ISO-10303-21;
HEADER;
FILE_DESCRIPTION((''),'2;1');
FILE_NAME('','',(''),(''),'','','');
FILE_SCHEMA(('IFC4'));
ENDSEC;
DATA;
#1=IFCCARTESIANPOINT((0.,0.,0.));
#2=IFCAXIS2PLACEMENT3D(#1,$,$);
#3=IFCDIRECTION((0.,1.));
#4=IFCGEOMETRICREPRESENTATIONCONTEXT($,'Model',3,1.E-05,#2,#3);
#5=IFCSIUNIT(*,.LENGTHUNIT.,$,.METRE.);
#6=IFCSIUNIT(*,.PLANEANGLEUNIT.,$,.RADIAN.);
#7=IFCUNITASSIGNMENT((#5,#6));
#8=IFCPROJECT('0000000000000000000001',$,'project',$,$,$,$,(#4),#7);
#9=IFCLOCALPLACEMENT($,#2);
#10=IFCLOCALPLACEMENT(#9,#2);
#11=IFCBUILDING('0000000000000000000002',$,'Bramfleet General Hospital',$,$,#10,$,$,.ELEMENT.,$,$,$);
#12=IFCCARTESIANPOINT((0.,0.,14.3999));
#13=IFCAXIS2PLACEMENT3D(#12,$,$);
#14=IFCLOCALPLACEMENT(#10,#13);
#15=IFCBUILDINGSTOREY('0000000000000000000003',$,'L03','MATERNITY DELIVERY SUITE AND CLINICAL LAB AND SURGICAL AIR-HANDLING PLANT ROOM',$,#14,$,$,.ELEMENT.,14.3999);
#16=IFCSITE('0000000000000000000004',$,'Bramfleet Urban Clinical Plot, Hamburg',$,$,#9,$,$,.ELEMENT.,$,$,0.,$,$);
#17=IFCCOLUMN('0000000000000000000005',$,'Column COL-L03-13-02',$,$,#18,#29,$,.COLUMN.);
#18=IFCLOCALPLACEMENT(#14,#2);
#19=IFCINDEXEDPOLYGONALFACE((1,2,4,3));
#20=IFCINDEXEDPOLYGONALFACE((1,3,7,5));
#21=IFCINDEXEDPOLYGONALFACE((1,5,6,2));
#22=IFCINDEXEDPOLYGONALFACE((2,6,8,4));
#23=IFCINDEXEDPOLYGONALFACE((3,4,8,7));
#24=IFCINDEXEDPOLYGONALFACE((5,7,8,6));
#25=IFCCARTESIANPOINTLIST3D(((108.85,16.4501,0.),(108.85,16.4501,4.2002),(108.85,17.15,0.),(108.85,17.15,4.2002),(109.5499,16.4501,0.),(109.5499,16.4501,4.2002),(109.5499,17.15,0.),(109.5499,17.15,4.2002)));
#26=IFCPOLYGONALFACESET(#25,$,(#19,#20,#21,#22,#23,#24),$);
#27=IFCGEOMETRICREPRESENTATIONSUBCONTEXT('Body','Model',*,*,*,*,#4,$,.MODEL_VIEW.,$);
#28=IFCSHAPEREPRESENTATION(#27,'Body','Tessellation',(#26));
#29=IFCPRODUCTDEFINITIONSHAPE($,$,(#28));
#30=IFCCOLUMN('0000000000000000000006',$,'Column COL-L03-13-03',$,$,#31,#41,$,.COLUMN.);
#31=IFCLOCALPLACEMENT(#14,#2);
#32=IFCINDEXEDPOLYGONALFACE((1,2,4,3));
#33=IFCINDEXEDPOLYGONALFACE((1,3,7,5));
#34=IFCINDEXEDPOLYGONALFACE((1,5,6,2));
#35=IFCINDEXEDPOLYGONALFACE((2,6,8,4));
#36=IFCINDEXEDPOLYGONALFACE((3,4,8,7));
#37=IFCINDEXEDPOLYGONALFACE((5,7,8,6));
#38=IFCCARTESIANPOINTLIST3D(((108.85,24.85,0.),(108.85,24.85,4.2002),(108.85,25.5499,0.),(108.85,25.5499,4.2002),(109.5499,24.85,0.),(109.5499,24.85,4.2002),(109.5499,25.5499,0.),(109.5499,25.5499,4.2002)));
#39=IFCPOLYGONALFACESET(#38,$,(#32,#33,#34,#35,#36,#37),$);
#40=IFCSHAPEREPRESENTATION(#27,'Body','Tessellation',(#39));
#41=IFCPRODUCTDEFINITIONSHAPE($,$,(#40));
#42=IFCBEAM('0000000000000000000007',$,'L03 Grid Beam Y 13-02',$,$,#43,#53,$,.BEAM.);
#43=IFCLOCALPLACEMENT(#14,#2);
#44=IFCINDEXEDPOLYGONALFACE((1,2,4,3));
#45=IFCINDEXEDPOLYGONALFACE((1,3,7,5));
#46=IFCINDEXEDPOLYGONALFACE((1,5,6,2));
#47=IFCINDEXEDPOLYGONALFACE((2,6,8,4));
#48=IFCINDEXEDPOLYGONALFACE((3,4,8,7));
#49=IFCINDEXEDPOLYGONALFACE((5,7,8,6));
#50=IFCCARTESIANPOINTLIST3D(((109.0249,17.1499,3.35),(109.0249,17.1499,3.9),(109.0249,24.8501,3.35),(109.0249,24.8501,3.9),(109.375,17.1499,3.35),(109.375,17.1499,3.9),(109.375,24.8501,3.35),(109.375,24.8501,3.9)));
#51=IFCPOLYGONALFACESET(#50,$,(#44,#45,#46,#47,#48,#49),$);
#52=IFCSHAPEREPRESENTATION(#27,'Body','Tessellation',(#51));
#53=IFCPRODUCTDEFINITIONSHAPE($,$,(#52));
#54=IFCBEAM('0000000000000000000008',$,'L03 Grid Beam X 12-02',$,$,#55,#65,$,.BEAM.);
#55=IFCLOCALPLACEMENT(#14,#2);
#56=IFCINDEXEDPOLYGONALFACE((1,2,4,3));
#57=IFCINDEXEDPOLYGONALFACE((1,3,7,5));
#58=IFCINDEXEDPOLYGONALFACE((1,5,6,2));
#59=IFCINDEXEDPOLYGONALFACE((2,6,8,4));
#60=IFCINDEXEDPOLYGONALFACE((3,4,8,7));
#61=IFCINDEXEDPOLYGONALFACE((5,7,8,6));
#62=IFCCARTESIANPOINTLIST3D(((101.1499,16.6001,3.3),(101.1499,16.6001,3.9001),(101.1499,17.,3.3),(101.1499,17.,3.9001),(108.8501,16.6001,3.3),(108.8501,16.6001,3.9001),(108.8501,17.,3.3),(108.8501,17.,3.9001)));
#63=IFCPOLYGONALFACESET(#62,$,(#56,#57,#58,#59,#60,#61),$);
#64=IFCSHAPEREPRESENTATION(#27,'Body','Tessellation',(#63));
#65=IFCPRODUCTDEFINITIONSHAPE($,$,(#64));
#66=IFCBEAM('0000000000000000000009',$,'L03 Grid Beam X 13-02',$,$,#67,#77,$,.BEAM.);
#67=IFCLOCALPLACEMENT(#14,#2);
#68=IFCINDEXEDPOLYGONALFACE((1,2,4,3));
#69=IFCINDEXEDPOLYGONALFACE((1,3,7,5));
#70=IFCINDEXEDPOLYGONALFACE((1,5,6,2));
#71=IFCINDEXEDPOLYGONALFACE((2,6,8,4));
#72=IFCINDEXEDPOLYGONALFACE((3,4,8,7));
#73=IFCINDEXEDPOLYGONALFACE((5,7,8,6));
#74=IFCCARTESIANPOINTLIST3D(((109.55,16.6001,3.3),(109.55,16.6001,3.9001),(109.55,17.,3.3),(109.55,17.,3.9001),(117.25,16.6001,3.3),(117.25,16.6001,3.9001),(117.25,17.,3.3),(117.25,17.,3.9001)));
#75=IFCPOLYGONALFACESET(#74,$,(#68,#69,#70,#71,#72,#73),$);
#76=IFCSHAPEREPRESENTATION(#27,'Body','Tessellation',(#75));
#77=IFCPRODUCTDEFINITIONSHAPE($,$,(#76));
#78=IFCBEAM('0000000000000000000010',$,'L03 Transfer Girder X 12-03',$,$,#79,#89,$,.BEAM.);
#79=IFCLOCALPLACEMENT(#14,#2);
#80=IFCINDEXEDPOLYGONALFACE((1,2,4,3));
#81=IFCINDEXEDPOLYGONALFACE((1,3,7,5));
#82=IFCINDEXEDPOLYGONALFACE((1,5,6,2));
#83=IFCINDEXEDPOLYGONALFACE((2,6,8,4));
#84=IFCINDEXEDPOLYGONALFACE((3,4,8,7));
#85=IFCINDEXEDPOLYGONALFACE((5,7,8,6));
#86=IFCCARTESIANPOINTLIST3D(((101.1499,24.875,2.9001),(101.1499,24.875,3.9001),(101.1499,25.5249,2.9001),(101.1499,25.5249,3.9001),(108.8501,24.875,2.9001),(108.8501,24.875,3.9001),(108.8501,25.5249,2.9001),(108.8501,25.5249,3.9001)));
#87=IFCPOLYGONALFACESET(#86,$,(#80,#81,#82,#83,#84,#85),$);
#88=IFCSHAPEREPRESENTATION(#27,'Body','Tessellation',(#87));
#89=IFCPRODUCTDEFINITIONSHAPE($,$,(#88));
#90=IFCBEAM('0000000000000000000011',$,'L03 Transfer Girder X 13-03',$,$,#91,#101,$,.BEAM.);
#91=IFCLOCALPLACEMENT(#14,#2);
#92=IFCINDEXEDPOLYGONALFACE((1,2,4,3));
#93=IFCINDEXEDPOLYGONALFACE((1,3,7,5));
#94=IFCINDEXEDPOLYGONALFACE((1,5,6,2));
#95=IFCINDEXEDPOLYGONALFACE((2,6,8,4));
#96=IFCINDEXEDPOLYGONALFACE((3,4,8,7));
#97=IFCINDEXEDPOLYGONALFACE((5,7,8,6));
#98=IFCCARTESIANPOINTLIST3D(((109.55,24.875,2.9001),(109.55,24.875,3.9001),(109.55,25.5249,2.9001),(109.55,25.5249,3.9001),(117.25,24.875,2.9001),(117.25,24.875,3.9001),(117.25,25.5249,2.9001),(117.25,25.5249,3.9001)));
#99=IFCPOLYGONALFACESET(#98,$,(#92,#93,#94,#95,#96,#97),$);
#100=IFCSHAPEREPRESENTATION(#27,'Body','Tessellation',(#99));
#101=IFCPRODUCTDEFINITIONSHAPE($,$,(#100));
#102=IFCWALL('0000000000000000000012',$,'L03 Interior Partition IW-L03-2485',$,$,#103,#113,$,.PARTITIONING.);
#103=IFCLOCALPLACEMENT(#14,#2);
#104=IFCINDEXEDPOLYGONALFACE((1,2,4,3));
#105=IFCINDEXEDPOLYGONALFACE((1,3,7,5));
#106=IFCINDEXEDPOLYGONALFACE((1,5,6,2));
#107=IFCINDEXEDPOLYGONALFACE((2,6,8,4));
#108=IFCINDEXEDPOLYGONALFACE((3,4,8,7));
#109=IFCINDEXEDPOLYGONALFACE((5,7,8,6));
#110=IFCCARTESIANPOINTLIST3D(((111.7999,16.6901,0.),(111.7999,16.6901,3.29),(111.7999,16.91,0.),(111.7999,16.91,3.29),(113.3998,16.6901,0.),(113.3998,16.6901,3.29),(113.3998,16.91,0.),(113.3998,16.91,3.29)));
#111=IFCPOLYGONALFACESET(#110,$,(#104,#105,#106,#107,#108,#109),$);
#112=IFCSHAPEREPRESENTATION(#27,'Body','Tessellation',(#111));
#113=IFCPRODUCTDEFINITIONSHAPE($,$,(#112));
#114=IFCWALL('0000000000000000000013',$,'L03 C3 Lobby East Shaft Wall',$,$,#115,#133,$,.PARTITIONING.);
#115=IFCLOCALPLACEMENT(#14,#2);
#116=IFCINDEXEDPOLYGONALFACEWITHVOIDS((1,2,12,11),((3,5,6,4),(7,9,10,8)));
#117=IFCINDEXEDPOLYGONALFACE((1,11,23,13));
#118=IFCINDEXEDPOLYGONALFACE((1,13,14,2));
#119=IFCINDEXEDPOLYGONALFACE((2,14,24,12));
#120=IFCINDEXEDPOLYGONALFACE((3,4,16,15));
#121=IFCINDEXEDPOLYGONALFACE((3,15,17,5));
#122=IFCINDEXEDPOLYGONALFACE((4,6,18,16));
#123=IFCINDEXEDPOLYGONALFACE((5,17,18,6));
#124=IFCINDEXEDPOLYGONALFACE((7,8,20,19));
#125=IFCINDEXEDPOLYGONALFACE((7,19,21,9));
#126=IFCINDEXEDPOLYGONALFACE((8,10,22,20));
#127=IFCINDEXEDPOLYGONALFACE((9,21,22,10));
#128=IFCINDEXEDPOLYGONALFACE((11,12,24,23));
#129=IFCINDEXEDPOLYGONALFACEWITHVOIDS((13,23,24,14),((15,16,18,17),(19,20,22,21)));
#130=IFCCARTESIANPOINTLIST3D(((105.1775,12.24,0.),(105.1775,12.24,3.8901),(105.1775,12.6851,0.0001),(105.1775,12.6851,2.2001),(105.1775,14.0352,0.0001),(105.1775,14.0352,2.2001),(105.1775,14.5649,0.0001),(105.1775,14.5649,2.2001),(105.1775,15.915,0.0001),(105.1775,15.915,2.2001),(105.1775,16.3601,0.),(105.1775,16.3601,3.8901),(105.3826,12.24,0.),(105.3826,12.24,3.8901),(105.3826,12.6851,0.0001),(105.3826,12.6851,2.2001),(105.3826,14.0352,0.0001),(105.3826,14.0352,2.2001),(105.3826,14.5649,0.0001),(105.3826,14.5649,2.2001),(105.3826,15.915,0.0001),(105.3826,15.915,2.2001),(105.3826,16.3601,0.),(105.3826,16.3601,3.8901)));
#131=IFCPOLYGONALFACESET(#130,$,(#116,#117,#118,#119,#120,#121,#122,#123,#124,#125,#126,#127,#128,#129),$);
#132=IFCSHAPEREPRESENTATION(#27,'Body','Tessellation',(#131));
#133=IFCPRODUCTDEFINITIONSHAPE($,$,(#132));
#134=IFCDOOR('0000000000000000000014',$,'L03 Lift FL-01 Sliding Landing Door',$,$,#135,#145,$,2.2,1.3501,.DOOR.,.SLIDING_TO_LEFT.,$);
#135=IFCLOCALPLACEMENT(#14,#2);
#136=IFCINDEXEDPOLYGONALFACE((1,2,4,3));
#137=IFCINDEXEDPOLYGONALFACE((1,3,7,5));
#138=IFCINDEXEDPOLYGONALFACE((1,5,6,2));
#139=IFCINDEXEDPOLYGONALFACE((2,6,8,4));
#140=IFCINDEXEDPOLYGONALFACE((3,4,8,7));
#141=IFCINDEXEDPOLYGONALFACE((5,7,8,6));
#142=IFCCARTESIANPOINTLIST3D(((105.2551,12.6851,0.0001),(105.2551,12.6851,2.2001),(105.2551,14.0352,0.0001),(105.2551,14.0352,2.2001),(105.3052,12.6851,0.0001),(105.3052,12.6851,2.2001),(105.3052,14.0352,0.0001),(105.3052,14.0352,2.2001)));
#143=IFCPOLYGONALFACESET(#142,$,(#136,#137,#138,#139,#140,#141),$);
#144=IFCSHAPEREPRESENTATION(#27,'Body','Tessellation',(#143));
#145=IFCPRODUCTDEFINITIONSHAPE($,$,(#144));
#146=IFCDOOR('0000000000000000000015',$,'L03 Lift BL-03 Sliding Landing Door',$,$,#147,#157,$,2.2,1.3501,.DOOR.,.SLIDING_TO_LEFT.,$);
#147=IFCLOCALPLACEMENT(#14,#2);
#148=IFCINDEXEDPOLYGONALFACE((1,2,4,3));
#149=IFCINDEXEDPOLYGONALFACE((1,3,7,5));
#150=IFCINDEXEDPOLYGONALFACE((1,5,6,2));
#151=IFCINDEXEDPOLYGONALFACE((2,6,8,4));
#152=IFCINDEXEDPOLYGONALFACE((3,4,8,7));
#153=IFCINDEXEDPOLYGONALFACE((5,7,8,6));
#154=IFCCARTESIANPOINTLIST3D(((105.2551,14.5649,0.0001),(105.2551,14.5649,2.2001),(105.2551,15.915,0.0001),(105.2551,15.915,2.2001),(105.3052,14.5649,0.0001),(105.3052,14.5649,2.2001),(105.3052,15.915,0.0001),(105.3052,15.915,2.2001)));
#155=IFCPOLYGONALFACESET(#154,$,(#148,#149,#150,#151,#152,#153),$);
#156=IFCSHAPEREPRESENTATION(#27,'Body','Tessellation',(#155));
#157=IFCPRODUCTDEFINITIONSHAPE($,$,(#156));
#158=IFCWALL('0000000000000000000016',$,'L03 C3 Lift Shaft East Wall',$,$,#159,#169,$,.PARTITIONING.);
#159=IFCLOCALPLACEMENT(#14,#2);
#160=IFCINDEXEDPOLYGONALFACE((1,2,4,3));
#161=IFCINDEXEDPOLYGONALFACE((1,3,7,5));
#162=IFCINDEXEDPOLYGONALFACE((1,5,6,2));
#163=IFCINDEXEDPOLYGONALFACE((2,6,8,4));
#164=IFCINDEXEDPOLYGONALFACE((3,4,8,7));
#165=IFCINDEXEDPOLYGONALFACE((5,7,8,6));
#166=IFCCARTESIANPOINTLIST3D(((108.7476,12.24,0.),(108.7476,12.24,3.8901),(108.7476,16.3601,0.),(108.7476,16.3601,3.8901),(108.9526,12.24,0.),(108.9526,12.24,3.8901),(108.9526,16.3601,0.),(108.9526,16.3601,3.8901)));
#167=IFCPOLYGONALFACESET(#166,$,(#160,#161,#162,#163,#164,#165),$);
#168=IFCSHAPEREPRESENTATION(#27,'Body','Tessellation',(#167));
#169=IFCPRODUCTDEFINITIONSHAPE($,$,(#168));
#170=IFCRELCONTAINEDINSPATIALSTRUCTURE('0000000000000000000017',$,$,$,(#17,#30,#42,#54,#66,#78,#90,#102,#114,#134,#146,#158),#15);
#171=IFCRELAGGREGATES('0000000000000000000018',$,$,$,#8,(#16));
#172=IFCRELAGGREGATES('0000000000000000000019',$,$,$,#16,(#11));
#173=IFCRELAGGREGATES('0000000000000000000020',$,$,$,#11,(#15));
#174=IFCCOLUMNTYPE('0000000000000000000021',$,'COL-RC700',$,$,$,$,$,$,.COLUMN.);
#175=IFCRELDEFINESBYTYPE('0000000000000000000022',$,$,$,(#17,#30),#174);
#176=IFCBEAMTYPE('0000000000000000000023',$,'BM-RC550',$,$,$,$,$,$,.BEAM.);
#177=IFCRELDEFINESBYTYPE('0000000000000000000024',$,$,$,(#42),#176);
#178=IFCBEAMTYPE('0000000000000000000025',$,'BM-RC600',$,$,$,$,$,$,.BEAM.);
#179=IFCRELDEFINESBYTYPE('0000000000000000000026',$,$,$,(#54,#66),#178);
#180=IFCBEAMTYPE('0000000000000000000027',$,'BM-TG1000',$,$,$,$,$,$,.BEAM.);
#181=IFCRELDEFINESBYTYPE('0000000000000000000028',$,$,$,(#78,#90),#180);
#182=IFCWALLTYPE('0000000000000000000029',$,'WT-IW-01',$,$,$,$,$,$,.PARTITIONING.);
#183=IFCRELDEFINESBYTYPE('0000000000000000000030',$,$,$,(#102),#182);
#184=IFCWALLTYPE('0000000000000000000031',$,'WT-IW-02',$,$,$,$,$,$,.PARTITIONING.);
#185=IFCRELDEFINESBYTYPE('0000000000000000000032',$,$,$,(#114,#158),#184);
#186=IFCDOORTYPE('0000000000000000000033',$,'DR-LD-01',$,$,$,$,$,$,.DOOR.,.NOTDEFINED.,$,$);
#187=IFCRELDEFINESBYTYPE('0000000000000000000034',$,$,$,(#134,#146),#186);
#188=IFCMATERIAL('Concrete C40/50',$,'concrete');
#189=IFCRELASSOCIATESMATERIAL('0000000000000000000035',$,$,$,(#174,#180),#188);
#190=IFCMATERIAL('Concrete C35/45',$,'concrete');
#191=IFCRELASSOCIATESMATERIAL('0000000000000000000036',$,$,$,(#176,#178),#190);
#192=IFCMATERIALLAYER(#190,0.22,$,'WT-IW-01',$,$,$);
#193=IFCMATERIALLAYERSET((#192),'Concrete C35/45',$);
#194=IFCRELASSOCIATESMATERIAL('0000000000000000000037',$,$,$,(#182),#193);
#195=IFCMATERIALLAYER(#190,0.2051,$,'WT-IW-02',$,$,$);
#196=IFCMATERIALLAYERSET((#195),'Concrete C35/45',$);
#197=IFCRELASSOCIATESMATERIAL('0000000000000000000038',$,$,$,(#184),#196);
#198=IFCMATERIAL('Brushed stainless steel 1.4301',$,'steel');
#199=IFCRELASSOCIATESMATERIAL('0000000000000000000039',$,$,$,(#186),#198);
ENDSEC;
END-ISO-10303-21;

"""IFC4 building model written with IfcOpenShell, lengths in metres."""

from ifc_helpers import new_model, si_unit, direction, frame, frame_2d, origin, origin_2d, place, context, subcontext, project, spatial, rectangle, extrude, material, layer, layer_set, material_profile, profile_set, type_object, element, fill, save


model = new_model("IFC4")

# Units and contexts
model_context = context("Model", 3, precision=1e-05, world=origin(), true_north=direction((0.0, 1.0)))
body_context = subcontext(model_context, "Body", "Model", "MODEL_VIEW")
ifc_project = project(units=[si_unit("LENGTHUNIT", "METRE"), si_unit("PLANEANGLEUNIT", "RADIAN")], contexts=[model_context])

# Site, building, storey
site_placement = place(None, origin())
site = spatial("IfcSite", under=ifc_project, at=site_placement, Name="Bramfleet Urban Clinical Plot, Hamburg", CompositionType="ELEMENT", RefElevation=0.0)
building_placement = place(site_placement, origin())
building = spatial("IfcBuilding", under=site, at=building_placement, Name="Bramfleet General Hospital", CompositionType="ELEMENT")
storey_placement = place(building_placement, frame((0.0, 0.0, 14.3999)))
storey = spatial("IfcBuildingStorey", under=building, at=storey_placement, Name="L03", Description="MATERNITY DELIVERY SUITE AND CLINICAL LAB AND SURGICAL AIR-HANDLING PLANT ROOM", CompositionType="ELEMENT", Elevation=14.3999)

# Columns
ifc_material_1 = material(Name="Concrete C40/50", Category="concrete")
ifc_material_profile_1 = material_profile(ifc_material_1, rectangle(XDim=0.7, YDim=0.7, at=origin_2d()), Name="RC COL 700x700")
ifc_profile_set_1 = profile_set([ifc_material_profile_1], Name="Concrete C40/50")
column_type = type_object("IfcColumnType", Name="COL-RC700", PredefinedType="COLUMN", material=ifc_profile_set_1)
for number, where, z_axis, x_axis, name in (
    (1, (109.2, 16.8, 0.0), (0.0, 0.0, 1.0), (1.0, 0.0, 0.0), "Column COL-L03-13-02"),
    (2, (109.2, 25.2, 0.0), (0.0, 0.0, 1.0), (1.0, 0.0, 0.0), "Column COL-L03-13-03"),
):
    element("IfcColumn", number, at=place(storey_placement, frame(where, z_axis=z_axis, x_axis=x_axis)), inside=storey, type_object=column_type, Name=name, PredefinedType="COLUMN", context=body_context, shape_type="SweptSolid", body=[
        extrude(rectangle(XDim=0.7, YDim=0.7, at=origin_2d()), origin(), (0.0, 0.0, 1.0), 4.2002),
    ])

# Beams
ifc_material_2 = material(Name="Concrete C35/45", Category="concrete")
ifc_material_profile_2 = material_profile(ifc_material_2, rectangle(XDim=0.3501, YDim=0.55, at=origin_2d()), Name="RC BM 550x350")
ifc_profile_set_2 = profile_set([ifc_material_profile_2], Name="Concrete C35/45")
beam_type_1 = type_object("IfcBeamType", Name="BM-RC550", PredefinedType="BEAM", material=ifc_profile_set_2)
beam_1_placement = place(storey_placement, frame((109.2, 17.1499, 3.625), z_axis=(0.0, 1.0, 0.0), x_axis=(-1.0, 0.0, 0.0)))
element("IfcBeam", 3, at=beam_1_placement, inside=storey, type_object=beam_type_1, Name="L03 Grid Beam Y 13-02", PredefinedType="BEAM", context=body_context, shape_type="SweptSolid", body=[
    extrude(rectangle(XDim=0.3501, YDim=0.55, at=origin_2d()), origin(), (0.0, 0.0, 1.0), 7.7002),
])
ifc_material_profile_3 = material_profile(ifc_material_2, rectangle(XDim=0.3999, YDim=0.6001, at=origin_2d()), Name="RC BM 600x400")
ifc_profile_set_3 = profile_set([ifc_material_profile_3], Name="Concrete C35/45")
beam_type_2 = type_object("IfcBeamType", Name="BM-RC600", PredefinedType="BEAM", material=ifc_profile_set_3)
beam_2_placement = place(storey_placement, frame((101.1499, 16.8, 3.6001), z_axis=(1.0, 0.0, 0.0), x_axis=(0.0, 1.0, 0.0)))
element("IfcBeam", 4, at=beam_2_placement, inside=storey, type_object=beam_type_2, Name="L03 Grid Beam X 12-02", PredefinedType="BEAM", context=body_context, shape_type="SweptSolid", body=[
    extrude(rectangle(XDim=0.3999, YDim=0.6001, at=origin_2d()), origin(), (0.0, 0.0, 1.0), 7.7002),
])
beam_3_placement = place(storey_placement, frame((109.55, 16.8, 3.6001), z_axis=(1.0, 0.0, 0.0), x_axis=(0.0, 1.0, 0.0)))
element("IfcBeam", 5, at=beam_3_placement, inside=storey, type_object=beam_type_2, Name="L03 Grid Beam X 13-02", PredefinedType="BEAM", context=body_context, shape_type="SweptSolid", body=[
    extrude(rectangle(XDim=0.3999, YDim=0.6001, at=origin_2d()), origin(), (0.0, 0.0, 1.0), 7.7),
])
ifc_material_profile_4 = material_profile(ifc_material_1, rectangle(XDim=0.6499, YDim=1.0, at=origin_2d()), Name="RC TG 1000x650")
ifc_profile_set_4 = profile_set([ifc_material_profile_4], Name="Concrete C40/50")
beam_type_3 = type_object("IfcBeamType", Name="BM-TG1000", PredefinedType="BEAM", material=ifc_profile_set_4)
beam_4_placement = place(storey_placement, frame((101.1499, 25.2, 3.4001), z_axis=(1.0, 0.0, 0.0), x_axis=(0.0, 1.0, 0.0)))
element("IfcBeam", 6, at=beam_4_placement, inside=storey, type_object=beam_type_3, Name="L03 Transfer Girder X 12-03", PredefinedType="BEAM", context=body_context, shape_type="SweptSolid", body=[
    extrude(rectangle(XDim=0.6499, YDim=1.0, at=origin_2d()), origin(), (0.0, 0.0, 1.0), 7.7002),
])
beam_5_placement = place(storey_placement, frame((109.55, 25.2, 3.4001), z_axis=(1.0, 0.0, 0.0), x_axis=(0.0, 1.0, 0.0)))
element("IfcBeam", 7, at=beam_5_placement, inside=storey, type_object=beam_type_3, Name="L03 Transfer Girder X 13-03", PredefinedType="BEAM", context=body_context, shape_type="SweptSolid", body=[
    extrude(rectangle(XDim=0.6499, YDim=1.0, at=origin_2d()), origin(), (0.0, 0.0, 1.0), 7.7),
])

# Wall
ifc_layer_1 = layer(ifc_material_2, 0.22, Name="WT-IW-01")
ifc_layer_set_1 = layer_set([ifc_layer_1], Name="Concrete C35/45")
wall_type_1 = type_object("IfcWallType", Name="WT-IW-01", PredefinedType="PARTITIONING", material=ifc_layer_set_1)
wall_1_placement = place(storey_placement, frame((111.8, 16.8, 0.0), z_axis=(0.0, 0.0, 1.0), x_axis=(1.0, 0.0, 0.0)))
element("IfcWall", 8, at=wall_1_placement, inside=storey, type_object=wall_type_1, Name="L03 Interior Partition IW-L03-2485", PredefinedType="PARTITIONING", context=body_context, shape_type="SweptSolid", body=[
    extrude(rectangle(XDim=1.5999, YDim=0.22, at=frame_2d((0.7998, 0.0))), origin(), (0.0, 0.0, 1.0), 3.29),
])

# Wall, openings, doors
ifc_layer_2 = layer(ifc_material_2, 0.2051, Name="WT-IW-02")
ifc_layer_set_2 = layer_set([ifc_layer_2], Name="Concrete C35/45")
wall_type_2 = type_object("IfcWallType", Name="WT-IW-02", PredefinedType="PARTITIONING", material=ifc_layer_set_2)
wall_2_placement = place(storey_placement, frame((105.28, 12.24, 0.0), z_axis=(0.0, 0.0, 1.0), x_axis=(0.0, 1.0, 0.0)))
wall_2 = element("IfcWall", 9, at=wall_2_placement, inside=storey, type_object=wall_type_2, Name="L03 C3 Lobby East Shaft Wall", PredefinedType="PARTITIONING", context=body_context, shape_type="SweptSolid", body=[
    extrude(rectangle(XDim=4.1201, YDim=0.2051, at=frame_2d((2.0601, 0.0))), origin(), (0.0, 0.0, 1.0), 3.8901),
])
opening_1_placement = place(wall_2_placement, frame((0.4451, 0.0, 0.0)))
opening_1 = element("IfcOpeningElement", 10, at=opening_1_placement, cuts=wall_2, PredefinedType="OPENING", context=body_context, shape_type="SweptSolid", body=[
    extrude(rectangle(XDim=1.3501, YDim=2.2, at=frame_2d((0.675, 1.1001))), frame((0.0, 0.1125, 0.0), z_axis=(0.0, -1.0, 0.0), x_axis=(1.0, 0.0, 0.0)), (0.0, 0.0, 1.0), 0.2251),
])
opening_2_placement = place(wall_2_placement, frame((2.325, 0.0, 0.0)))
opening_2 = element("IfcOpeningElement", 11, at=opening_2_placement, cuts=wall_2, PredefinedType="OPENING", context=body_context, shape_type="SweptSolid", body=[
    extrude(rectangle(XDim=1.3501, YDim=2.2, at=frame_2d((0.675, 1.1001))), frame((0.0, 0.1125, 0.0), z_axis=(0.0, -1.0, 0.0), x_axis=(1.0, 0.0, 0.0)), (0.0, 0.0, 1.0), 0.2251),
])
ifc_material_3 = material(Name="Brushed stainless steel 1.4301", Category="steel")
door_type_1 = type_object("IfcDoorType", Name="DR-LD-01", OperationType="NOTDEFINED", PredefinedType="DOOR", material=ifc_material_3)
door_1_placement = place(opening_1_placement, origin())
door_1 = element("IfcDoor", 12, at=door_1_placement, inside=storey, type_object=door_type_1, Name="L03 Lift FL-01 Sliding Landing Door", OperationType="SLIDING_TO_LEFT", OverallHeight=2.2, OverallWidth=1.3501, PredefinedType="DOOR", context=body_context, shape_type="SweptSolid", body=[
    extrude(rectangle(XDim=1.3501, YDim=2.2, at=frame_2d((0.675, 1.1001))), frame((0.0, 0.0249, 0.0), z_axis=(0.0, -1.0, 0.0), x_axis=(1.0, 0.0, 0.0)), (0.0, 0.0, 1.0), 0.05),
])
fill(opening_1, door_1)
door_2_placement = place(opening_2_placement, origin())
door_2 = element("IfcDoor", 13, at=door_2_placement, inside=storey, type_object=door_type_1, Name="L03 Lift BL-03 Sliding Landing Door", OperationType="SLIDING_TO_LEFT", OverallHeight=2.2, OverallWidth=1.3501, PredefinedType="DOOR", context=body_context, shape_type="SweptSolid", body=[
    extrude(rectangle(XDim=1.3501, YDim=2.2, at=frame_2d((0.675, 1.1001))), frame((0.0, 0.0249, 0.0), z_axis=(0.0, -1.0, 0.0), x_axis=(1.0, 0.0, 0.0)), (0.0, 0.0, 1.0), 0.05),
])
fill(opening_2, door_2)

# Wall
wall_3_placement = place(storey_placement, frame((108.8501, 12.24, 0.0), z_axis=(0.0, 0.0, 1.0), x_axis=(0.0, 1.0, 0.0)))
element("IfcWall", 14, at=wall_3_placement, inside=storey, type_object=wall_type_2, Name="L03 C3 Lift Shaft East Wall", PredefinedType="PARTITIONING", context=body_context, shape_type="SweptSolid", body=[
    extrude(rectangle(XDim=4.1201, YDim=0.2051, at=frame_2d((2.0601, 0.0))), origin(), (0.0, 0.0, 1.0), 3.8901),
])

save(model, "model.ifc")
